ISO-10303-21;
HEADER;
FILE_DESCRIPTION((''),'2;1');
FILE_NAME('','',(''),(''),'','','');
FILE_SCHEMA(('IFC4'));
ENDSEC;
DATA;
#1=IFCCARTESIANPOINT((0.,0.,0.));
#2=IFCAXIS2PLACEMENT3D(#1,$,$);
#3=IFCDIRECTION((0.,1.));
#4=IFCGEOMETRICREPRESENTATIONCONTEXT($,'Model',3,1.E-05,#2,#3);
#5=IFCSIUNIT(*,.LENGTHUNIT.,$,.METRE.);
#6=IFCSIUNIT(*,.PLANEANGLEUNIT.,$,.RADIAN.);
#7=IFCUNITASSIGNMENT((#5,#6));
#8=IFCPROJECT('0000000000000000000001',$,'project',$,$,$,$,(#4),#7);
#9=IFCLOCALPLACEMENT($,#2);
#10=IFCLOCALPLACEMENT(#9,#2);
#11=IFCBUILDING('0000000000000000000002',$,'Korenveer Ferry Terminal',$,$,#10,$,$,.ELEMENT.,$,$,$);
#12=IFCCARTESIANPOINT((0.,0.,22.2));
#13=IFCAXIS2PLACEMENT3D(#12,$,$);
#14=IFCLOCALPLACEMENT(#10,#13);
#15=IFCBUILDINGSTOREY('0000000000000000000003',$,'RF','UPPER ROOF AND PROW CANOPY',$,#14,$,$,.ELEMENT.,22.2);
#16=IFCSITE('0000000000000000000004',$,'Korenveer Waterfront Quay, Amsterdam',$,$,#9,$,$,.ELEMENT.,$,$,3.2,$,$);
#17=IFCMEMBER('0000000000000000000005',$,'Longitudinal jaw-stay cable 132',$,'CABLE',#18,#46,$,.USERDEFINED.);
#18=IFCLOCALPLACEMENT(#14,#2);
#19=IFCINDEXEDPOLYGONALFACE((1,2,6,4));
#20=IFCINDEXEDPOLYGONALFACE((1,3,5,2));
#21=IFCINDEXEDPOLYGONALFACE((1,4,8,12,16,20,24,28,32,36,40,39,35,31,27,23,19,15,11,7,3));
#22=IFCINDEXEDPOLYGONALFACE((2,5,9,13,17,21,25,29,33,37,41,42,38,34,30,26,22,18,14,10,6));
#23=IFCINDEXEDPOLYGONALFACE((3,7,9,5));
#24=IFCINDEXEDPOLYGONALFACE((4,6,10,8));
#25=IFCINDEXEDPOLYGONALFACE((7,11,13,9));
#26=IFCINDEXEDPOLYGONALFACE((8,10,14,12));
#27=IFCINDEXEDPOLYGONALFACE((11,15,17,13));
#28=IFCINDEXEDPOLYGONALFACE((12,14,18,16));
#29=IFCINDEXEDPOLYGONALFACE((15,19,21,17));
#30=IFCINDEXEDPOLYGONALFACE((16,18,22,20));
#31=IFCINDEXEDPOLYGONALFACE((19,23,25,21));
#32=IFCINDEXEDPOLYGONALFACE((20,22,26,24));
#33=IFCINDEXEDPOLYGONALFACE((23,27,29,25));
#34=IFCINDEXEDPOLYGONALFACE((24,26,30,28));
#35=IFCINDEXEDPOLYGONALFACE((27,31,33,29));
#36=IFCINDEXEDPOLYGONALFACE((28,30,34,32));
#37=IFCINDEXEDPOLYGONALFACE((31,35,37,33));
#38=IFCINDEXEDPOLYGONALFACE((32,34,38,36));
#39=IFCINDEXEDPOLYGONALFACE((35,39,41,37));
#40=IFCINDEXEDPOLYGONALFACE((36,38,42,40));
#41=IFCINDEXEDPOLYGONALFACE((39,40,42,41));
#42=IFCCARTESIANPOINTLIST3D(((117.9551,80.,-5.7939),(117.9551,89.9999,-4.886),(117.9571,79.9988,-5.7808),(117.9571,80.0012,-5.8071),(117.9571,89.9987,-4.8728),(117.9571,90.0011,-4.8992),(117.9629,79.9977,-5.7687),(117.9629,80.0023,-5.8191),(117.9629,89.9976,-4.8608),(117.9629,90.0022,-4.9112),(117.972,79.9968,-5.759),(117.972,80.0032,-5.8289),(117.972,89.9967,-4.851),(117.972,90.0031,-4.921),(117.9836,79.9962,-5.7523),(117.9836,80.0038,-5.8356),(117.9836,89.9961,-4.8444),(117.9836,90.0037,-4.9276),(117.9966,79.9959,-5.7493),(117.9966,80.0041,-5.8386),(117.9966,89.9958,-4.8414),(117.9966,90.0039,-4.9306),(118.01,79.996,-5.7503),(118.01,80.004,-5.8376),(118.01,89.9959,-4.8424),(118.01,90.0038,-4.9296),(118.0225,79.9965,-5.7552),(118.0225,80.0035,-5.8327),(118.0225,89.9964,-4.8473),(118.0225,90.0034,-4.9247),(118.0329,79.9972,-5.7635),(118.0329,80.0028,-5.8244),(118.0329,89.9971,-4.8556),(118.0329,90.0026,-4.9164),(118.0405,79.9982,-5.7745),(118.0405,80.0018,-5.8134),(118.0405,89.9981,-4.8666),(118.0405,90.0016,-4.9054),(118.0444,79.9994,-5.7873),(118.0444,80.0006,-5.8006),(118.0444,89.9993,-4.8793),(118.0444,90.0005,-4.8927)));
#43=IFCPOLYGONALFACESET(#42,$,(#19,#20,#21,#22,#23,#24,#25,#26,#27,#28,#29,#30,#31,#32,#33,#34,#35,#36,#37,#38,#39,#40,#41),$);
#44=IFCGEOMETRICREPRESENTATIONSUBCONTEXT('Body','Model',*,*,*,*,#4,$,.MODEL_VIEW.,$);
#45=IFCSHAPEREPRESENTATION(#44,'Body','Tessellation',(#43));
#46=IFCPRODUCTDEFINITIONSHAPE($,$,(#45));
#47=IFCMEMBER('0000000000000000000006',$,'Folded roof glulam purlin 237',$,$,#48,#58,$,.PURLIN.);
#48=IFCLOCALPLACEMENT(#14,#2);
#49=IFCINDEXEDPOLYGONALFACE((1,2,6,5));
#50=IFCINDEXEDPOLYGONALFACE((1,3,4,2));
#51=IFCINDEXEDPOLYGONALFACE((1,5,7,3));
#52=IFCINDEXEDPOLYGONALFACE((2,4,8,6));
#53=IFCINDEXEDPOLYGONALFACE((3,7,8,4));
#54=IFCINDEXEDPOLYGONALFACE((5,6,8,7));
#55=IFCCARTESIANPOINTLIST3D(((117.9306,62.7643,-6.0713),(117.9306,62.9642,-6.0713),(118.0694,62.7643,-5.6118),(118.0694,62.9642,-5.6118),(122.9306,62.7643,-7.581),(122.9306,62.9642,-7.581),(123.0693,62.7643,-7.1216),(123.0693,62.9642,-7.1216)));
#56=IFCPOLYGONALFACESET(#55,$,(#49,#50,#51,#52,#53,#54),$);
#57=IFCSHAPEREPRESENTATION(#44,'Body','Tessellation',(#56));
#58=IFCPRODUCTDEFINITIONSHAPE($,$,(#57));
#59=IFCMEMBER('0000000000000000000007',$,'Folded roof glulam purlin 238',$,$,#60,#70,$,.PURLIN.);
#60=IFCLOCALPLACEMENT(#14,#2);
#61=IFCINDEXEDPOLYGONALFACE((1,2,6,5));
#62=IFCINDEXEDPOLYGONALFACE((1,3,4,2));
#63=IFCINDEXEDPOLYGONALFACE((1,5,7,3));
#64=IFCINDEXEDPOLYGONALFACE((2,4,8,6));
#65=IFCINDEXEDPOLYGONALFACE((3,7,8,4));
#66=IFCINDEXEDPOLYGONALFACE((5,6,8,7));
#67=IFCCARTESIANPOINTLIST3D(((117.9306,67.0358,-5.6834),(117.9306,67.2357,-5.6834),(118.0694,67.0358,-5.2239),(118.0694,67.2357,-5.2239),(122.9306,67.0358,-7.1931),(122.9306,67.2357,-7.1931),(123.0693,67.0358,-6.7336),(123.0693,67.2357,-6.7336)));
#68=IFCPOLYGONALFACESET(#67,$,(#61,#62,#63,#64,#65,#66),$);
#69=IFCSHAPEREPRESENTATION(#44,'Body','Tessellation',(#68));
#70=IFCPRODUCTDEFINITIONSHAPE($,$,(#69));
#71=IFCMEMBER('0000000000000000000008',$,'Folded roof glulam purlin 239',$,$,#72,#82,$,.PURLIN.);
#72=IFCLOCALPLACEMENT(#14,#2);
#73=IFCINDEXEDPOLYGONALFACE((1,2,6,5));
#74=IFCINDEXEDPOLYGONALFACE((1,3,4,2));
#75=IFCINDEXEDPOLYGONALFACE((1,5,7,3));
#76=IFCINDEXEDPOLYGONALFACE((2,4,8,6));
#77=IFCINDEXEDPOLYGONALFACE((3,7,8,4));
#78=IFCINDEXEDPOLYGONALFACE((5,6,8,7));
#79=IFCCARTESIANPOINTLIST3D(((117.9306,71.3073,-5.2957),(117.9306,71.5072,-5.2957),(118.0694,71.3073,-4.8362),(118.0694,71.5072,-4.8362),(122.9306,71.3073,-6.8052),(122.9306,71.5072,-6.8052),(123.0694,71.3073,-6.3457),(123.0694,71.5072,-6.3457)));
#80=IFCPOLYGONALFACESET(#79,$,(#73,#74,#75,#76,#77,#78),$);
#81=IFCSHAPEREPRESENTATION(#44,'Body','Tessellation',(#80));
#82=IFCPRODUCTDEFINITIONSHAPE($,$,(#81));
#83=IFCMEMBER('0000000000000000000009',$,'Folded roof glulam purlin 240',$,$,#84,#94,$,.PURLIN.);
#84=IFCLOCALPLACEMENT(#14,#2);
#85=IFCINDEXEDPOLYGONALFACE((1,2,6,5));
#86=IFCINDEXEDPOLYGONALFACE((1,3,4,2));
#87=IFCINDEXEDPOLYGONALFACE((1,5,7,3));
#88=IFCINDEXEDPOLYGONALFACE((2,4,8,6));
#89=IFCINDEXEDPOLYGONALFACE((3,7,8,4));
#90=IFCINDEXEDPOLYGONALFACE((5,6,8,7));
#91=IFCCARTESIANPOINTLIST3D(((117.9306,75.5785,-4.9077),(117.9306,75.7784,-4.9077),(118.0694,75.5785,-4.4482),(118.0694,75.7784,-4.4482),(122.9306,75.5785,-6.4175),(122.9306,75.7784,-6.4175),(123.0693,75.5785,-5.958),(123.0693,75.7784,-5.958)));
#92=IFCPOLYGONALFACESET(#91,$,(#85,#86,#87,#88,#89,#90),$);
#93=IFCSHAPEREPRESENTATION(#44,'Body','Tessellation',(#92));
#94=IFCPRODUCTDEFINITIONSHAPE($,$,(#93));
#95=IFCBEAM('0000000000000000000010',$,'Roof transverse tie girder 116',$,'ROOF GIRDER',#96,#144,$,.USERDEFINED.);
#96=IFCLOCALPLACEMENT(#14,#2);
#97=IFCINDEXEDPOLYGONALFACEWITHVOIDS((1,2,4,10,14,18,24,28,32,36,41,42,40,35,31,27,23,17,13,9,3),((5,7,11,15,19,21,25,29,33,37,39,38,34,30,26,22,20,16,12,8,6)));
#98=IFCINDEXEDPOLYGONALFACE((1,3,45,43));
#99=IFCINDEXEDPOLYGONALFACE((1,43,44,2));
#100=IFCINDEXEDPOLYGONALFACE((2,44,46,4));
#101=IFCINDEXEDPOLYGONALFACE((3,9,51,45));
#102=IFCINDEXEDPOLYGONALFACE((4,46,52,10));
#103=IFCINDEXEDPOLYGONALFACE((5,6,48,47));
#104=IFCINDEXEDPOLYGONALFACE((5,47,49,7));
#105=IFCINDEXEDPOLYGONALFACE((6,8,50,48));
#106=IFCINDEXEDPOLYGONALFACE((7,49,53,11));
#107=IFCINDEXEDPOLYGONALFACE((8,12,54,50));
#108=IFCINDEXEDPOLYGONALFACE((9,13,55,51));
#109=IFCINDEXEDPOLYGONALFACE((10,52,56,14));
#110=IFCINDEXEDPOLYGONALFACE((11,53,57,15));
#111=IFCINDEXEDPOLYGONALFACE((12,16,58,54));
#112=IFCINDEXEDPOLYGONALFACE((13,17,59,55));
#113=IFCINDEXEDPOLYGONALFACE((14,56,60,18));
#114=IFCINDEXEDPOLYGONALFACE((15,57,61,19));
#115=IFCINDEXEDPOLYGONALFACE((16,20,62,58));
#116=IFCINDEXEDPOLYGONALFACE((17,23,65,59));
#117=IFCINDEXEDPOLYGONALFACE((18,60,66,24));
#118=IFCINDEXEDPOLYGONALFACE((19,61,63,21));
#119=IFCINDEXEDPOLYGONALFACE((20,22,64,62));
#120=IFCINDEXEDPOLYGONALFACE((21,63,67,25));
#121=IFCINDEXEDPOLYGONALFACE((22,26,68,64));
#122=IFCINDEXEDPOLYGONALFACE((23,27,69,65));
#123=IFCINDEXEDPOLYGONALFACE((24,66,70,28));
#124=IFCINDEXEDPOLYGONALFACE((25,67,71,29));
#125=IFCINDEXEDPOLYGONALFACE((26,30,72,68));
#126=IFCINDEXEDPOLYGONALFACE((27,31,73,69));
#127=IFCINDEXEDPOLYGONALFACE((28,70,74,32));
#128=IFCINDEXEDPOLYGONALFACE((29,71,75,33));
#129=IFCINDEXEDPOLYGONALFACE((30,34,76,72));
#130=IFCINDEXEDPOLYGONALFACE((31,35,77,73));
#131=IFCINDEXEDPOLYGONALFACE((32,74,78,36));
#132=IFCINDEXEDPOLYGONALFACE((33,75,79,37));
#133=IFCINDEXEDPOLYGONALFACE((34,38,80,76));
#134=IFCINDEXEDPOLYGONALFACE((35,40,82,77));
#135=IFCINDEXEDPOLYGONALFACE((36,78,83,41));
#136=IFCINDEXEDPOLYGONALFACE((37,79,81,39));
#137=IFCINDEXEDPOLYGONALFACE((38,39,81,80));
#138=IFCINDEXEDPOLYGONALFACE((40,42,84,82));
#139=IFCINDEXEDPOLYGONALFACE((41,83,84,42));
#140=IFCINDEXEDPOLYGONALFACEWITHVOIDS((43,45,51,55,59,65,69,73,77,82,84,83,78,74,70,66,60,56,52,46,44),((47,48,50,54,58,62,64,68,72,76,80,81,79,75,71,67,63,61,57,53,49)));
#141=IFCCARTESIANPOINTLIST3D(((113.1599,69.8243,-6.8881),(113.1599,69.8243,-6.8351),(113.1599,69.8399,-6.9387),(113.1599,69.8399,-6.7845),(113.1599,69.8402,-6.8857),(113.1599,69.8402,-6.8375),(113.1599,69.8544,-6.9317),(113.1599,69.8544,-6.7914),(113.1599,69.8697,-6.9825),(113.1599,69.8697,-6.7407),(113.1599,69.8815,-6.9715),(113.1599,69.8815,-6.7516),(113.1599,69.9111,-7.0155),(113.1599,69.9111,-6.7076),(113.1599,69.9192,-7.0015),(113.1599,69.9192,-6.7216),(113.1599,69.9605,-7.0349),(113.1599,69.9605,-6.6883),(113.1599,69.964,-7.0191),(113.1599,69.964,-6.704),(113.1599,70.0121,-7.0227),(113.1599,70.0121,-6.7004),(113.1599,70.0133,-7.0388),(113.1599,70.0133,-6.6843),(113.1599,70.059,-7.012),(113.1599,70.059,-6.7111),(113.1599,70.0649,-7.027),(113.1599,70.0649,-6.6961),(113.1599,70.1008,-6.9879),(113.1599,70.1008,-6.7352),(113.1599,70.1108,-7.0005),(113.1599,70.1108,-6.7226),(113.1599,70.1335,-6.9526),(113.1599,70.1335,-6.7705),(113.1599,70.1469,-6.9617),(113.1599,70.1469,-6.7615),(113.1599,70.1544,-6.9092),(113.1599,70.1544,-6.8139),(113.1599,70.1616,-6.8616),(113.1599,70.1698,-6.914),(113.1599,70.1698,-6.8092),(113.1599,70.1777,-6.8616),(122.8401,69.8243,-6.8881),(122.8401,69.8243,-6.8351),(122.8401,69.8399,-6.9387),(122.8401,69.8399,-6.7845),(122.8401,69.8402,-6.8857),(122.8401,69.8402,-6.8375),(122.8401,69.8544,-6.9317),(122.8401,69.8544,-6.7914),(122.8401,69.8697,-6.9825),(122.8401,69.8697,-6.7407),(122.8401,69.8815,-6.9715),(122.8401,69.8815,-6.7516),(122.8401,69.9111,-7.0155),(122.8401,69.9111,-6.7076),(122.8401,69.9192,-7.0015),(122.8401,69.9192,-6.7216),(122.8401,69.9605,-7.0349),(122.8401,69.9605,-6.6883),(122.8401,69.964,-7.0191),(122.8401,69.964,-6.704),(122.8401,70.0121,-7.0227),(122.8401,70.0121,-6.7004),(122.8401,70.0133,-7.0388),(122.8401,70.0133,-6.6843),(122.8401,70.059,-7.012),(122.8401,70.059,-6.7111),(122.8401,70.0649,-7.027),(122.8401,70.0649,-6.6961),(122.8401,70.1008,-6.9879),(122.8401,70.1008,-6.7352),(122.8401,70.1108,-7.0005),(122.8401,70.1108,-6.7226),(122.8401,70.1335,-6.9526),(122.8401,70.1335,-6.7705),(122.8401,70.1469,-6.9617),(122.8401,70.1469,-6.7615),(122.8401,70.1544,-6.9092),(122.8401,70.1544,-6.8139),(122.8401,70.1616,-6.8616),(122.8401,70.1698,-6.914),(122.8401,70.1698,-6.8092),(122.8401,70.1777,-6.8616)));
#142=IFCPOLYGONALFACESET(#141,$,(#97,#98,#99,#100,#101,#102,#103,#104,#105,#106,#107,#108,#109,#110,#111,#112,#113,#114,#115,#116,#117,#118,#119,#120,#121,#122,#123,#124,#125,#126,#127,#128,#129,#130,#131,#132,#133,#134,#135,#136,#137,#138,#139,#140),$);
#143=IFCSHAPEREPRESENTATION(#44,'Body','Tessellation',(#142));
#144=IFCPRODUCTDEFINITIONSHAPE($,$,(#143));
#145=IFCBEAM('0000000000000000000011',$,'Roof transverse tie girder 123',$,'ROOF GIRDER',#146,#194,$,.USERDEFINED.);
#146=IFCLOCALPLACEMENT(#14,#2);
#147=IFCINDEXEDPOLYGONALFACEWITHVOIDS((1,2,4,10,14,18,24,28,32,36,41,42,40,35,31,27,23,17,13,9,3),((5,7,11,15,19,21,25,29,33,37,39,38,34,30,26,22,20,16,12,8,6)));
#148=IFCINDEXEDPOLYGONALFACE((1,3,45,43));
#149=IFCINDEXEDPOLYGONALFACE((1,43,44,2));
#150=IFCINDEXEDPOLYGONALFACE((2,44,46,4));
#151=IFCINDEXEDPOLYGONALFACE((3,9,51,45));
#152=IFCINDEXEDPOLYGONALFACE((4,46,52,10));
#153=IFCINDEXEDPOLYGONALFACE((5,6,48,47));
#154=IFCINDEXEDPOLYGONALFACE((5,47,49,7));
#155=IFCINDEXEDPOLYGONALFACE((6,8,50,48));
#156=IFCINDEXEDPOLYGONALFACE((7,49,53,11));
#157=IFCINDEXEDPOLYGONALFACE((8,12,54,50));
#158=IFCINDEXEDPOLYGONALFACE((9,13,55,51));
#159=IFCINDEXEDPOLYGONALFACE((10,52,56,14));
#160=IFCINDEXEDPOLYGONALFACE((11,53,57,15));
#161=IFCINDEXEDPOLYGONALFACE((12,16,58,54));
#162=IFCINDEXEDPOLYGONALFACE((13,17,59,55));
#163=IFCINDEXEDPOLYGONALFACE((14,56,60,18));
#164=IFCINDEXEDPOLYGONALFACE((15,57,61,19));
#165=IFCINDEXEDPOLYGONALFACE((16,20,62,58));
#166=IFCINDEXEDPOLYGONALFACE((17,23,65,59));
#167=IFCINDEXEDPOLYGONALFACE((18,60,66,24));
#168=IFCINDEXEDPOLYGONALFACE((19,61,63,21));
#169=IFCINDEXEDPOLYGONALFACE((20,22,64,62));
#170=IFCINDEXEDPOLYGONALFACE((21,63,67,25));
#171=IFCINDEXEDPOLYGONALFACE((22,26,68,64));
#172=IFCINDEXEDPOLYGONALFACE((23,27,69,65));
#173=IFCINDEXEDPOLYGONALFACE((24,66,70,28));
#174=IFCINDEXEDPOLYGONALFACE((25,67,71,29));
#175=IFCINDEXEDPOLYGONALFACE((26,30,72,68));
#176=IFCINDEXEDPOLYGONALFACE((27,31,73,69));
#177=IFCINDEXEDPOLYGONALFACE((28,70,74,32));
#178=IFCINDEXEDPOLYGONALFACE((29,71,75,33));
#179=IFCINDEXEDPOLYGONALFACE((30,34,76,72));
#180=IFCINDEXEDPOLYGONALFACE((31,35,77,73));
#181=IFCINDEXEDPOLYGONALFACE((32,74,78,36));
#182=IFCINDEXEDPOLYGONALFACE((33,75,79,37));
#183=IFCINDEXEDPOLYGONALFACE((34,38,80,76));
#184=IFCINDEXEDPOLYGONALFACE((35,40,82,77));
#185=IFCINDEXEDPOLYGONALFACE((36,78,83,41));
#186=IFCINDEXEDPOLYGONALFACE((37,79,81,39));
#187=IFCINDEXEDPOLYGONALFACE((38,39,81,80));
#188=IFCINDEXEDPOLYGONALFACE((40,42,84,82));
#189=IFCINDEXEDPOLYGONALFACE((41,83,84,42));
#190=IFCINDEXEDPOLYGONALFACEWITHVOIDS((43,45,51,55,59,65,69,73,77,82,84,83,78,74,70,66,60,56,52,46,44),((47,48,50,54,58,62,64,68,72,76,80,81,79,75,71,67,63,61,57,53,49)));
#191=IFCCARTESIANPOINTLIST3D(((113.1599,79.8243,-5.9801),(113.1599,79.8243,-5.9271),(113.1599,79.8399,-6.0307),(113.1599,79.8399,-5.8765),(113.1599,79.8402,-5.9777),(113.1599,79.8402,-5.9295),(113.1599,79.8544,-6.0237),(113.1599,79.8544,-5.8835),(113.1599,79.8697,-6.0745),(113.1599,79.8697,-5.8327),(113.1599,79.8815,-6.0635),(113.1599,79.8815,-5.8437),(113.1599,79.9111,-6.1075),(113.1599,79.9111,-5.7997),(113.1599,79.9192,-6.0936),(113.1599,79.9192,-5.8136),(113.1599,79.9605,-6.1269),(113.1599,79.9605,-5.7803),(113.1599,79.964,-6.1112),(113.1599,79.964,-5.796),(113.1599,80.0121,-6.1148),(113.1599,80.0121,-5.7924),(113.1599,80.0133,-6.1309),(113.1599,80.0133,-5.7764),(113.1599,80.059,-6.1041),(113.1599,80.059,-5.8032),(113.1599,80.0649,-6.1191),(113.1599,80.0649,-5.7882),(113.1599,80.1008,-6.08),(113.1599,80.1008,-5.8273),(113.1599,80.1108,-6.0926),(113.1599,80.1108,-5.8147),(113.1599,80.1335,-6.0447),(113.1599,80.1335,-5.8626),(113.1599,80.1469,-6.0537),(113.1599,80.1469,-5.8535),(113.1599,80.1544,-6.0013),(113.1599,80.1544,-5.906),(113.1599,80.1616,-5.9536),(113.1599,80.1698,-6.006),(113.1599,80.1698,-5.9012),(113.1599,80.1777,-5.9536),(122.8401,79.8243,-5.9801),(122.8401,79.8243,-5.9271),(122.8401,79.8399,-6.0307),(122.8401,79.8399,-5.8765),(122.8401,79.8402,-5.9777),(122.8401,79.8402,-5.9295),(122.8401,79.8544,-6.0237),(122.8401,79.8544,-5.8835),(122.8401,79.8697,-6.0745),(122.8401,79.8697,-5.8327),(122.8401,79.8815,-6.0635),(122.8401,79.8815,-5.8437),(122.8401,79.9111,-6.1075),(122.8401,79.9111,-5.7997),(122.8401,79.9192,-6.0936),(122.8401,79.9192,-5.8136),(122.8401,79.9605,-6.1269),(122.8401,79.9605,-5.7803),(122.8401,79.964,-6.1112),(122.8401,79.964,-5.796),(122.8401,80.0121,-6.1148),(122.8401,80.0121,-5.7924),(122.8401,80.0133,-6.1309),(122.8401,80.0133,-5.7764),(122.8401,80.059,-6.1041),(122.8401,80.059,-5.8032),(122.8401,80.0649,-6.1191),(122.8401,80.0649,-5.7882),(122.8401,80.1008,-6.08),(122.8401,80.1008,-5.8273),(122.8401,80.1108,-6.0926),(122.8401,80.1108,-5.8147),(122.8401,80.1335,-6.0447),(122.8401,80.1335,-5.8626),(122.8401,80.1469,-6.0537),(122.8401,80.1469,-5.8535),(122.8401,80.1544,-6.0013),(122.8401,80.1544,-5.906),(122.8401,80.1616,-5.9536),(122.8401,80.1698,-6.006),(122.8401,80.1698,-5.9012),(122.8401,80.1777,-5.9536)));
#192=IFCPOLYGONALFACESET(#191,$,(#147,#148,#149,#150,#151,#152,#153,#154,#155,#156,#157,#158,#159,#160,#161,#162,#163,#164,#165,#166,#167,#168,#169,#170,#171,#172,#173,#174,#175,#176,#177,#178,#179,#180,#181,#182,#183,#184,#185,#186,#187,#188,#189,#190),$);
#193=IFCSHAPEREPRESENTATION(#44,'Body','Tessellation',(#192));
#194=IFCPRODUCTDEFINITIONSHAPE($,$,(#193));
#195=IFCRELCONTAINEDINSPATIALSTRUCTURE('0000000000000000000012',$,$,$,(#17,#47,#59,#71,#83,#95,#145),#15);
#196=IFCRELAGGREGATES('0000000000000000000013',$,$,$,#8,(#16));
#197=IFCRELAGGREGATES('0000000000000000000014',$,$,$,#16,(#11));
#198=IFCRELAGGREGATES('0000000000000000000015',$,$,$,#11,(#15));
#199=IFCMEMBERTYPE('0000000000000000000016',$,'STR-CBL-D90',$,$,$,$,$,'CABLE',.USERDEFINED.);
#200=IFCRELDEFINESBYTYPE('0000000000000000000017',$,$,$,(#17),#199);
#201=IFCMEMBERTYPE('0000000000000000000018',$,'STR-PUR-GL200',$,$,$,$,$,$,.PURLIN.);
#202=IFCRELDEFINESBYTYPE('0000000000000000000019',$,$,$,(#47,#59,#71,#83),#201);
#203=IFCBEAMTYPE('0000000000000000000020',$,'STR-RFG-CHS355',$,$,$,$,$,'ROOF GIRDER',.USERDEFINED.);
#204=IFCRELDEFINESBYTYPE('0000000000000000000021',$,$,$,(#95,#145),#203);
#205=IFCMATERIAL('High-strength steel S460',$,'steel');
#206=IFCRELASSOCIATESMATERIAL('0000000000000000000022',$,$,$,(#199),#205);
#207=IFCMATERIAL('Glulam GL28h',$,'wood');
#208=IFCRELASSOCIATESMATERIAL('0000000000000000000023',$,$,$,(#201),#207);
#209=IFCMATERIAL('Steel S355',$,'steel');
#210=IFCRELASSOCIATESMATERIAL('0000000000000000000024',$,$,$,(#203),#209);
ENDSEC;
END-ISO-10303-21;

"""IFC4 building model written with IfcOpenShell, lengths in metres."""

from ifc_helpers import new_model, si_unit, direction, frame, origin, origin_2d, place, context, subcontext, project, spatial, rectangle, circle, hollow_circle, extrude, material, material_profile, profile_set, type_object, element, save


model = new_model("IFC4")

# Units and contexts
model_context = context("Model", 3, precision=1e-05, world=origin(), true_north=direction((0.0, 1.0)))
body_context = subcontext(model_context, "Body", "Model", "MODEL_VIEW")
ifc_project = project(units=[si_unit("LENGTHUNIT", "METRE"), si_unit("PLANEANGLEUNIT", "RADIAN")], contexts=[model_context])

# Site, building, storey
site_placement = place(None, origin())
site = spatial("IfcSite", under=ifc_project, at=site_placement, Name="Korenveer Waterfront Quay, Amsterdam", CompositionType="ELEMENT", RefElevation=3.2)
building_placement = place(site_placement, origin())
building = spatial("IfcBuilding", under=site, at=building_placement, Name="Korenveer Ferry Terminal", CompositionType="ELEMENT")
storey_placement = place(building_placement, frame((0.0, 0.0, 22.2)))
storey = spatial("IfcBuildingStorey", under=building, at=storey_placement, Name="RF", Description="UPPER ROOF AND PROW CANOPY", CompositionType="ELEMENT", Elevation=22.2)

# Shared definitions
ifc_material_1 = material(Name="Steel S355", Category="steel")

# Members
ifc_material_2 = material(Name="High-strength steel S460", Category="steel")
ifc_material_profile_1 = material_profile(ifc_material_2, circle(Radius=0.0449, at=origin_2d()), Name="ROD D90")
ifc_profile_set_1 = profile_set([ifc_material_profile_1], Name="High-strength steel S460")
member_type_1 = type_object("IfcMemberType", Name="STR-CBL-D90", ElementType="CABLE", PredefinedType="USERDEFINED", material=ifc_profile_set_1)
for number, where, z_axis, x_axis, name in (
    (1, (118.0, 80.0, -5.7939), (0.0, 0.995903, 0.090424), (-1.0, 0.0, 0.0), "Longitudinal jaw-stay cable 132"),
):
    element("IfcMember", number, at=place(storey_placement, frame(where, z_axis=z_axis, x_axis=x_axis)), inside=storey, type_object=member_type_1, Name=name, ObjectType="CABLE", PredefinedType="USERDEFINED", context=body_context, shape_type="SweptSolid", body=[
        extrude(circle(Radius=0.0449, at=origin_2d()), origin(), (0.0, 0.0, 1.0), 10.041),
    ])
ifc_material_3 = material(Name="Glulam GL28h", Category="wood")
ifc_material_profile_2 = material_profile(ifc_material_3, rectangle(XDim=0.2, YDim=0.48, at=origin_2d()), Name="GL 200x480")
ifc_profile_set_2 = profile_set([ifc_material_profile_2], Name="Glulam GL28h")
member_type_2 = type_object("IfcMemberType", Name="STR-PUR-GL200", PredefinedType="PURLIN", material=ifc_profile_set_2)
for number, where, z_axis, x_axis, name in (
    (2, (118.0, 62.8643, -5.8416), (0.95731, 0.0, -0.289063), (0.0, 1.0, 0.0), "Folded roof glulam purlin 237"),
    (3, (118.0, 67.1357, -5.4536), (0.95731, 0.0, -0.289063), (0.0, 1.0, 0.0), "Folded roof glulam purlin 238"),
    (4, (118.0, 71.4072, -5.0659), (0.957323, 0.0, -0.28902), (0.0, 1.0, 0.0), "Folded roof glulam purlin 239"),
    (5, (118.0, 75.6785, -4.678), (0.95731, 0.0, -0.289063), (0.0, 1.0, 0.0), "Folded roof glulam purlin 240"),
):
    element("IfcMember", number, at=place(storey_placement, frame(where, z_axis=z_axis, x_axis=x_axis)), inside=storey, type_object=member_type_2, Name=name, PredefinedType="PURLIN", context=body_context, shape_type="SweptSolid", body=[
        extrude(rectangle(XDim=0.2, YDim=0.48, at=origin_2d()), origin(), (0.0, 0.0, 1.0), 5.2229),
    ])

# Beams
ifc_material_profile_3 = material_profile(ifc_material_1, hollow_circle(Radius=0.1777, WallThickness=0.0161, at=origin_2d()), Name="CHS 355.6x16")
ifc_profile_set_3 = profile_set([ifc_material_profile_3], Name="Steel S355")
beam_type_1 = type_object("IfcBeamType", Name="STR-RFG-CHS355", ElementType="ROOF GIRDER", PredefinedType="USERDEFINED", material=ifc_profile_set_3)
for number, where, z_axis, x_axis, name in (
    (6, (113.1599, 70.0, -6.8616), (1.0, 0.0, 0.0), (0.0, 1.0, 0.0), "Roof transverse tie girder 116"),
    (7, (113.1599, 80.0, -5.9536), (1.0, 0.0, 0.0), (0.0, 1.0, 0.0), "Roof transverse tie girder 123"),
):
    element("IfcBeam", number, at=place(storey_placement, frame(where, z_axis=z_axis, x_axis=x_axis)), inside=storey, type_object=beam_type_1, Name=name, ObjectType="ROOF GIRDER", PredefinedType="USERDEFINED", context=body_context, shape_type="SweptSolid", body=[
        extrude(hollow_circle(Radius=0.1777, WallThickness=0.0161, at=origin_2d()), origin(), (0.0, 0.0, 1.0), 9.6802),
    ])

save(model, "model.ifc")
